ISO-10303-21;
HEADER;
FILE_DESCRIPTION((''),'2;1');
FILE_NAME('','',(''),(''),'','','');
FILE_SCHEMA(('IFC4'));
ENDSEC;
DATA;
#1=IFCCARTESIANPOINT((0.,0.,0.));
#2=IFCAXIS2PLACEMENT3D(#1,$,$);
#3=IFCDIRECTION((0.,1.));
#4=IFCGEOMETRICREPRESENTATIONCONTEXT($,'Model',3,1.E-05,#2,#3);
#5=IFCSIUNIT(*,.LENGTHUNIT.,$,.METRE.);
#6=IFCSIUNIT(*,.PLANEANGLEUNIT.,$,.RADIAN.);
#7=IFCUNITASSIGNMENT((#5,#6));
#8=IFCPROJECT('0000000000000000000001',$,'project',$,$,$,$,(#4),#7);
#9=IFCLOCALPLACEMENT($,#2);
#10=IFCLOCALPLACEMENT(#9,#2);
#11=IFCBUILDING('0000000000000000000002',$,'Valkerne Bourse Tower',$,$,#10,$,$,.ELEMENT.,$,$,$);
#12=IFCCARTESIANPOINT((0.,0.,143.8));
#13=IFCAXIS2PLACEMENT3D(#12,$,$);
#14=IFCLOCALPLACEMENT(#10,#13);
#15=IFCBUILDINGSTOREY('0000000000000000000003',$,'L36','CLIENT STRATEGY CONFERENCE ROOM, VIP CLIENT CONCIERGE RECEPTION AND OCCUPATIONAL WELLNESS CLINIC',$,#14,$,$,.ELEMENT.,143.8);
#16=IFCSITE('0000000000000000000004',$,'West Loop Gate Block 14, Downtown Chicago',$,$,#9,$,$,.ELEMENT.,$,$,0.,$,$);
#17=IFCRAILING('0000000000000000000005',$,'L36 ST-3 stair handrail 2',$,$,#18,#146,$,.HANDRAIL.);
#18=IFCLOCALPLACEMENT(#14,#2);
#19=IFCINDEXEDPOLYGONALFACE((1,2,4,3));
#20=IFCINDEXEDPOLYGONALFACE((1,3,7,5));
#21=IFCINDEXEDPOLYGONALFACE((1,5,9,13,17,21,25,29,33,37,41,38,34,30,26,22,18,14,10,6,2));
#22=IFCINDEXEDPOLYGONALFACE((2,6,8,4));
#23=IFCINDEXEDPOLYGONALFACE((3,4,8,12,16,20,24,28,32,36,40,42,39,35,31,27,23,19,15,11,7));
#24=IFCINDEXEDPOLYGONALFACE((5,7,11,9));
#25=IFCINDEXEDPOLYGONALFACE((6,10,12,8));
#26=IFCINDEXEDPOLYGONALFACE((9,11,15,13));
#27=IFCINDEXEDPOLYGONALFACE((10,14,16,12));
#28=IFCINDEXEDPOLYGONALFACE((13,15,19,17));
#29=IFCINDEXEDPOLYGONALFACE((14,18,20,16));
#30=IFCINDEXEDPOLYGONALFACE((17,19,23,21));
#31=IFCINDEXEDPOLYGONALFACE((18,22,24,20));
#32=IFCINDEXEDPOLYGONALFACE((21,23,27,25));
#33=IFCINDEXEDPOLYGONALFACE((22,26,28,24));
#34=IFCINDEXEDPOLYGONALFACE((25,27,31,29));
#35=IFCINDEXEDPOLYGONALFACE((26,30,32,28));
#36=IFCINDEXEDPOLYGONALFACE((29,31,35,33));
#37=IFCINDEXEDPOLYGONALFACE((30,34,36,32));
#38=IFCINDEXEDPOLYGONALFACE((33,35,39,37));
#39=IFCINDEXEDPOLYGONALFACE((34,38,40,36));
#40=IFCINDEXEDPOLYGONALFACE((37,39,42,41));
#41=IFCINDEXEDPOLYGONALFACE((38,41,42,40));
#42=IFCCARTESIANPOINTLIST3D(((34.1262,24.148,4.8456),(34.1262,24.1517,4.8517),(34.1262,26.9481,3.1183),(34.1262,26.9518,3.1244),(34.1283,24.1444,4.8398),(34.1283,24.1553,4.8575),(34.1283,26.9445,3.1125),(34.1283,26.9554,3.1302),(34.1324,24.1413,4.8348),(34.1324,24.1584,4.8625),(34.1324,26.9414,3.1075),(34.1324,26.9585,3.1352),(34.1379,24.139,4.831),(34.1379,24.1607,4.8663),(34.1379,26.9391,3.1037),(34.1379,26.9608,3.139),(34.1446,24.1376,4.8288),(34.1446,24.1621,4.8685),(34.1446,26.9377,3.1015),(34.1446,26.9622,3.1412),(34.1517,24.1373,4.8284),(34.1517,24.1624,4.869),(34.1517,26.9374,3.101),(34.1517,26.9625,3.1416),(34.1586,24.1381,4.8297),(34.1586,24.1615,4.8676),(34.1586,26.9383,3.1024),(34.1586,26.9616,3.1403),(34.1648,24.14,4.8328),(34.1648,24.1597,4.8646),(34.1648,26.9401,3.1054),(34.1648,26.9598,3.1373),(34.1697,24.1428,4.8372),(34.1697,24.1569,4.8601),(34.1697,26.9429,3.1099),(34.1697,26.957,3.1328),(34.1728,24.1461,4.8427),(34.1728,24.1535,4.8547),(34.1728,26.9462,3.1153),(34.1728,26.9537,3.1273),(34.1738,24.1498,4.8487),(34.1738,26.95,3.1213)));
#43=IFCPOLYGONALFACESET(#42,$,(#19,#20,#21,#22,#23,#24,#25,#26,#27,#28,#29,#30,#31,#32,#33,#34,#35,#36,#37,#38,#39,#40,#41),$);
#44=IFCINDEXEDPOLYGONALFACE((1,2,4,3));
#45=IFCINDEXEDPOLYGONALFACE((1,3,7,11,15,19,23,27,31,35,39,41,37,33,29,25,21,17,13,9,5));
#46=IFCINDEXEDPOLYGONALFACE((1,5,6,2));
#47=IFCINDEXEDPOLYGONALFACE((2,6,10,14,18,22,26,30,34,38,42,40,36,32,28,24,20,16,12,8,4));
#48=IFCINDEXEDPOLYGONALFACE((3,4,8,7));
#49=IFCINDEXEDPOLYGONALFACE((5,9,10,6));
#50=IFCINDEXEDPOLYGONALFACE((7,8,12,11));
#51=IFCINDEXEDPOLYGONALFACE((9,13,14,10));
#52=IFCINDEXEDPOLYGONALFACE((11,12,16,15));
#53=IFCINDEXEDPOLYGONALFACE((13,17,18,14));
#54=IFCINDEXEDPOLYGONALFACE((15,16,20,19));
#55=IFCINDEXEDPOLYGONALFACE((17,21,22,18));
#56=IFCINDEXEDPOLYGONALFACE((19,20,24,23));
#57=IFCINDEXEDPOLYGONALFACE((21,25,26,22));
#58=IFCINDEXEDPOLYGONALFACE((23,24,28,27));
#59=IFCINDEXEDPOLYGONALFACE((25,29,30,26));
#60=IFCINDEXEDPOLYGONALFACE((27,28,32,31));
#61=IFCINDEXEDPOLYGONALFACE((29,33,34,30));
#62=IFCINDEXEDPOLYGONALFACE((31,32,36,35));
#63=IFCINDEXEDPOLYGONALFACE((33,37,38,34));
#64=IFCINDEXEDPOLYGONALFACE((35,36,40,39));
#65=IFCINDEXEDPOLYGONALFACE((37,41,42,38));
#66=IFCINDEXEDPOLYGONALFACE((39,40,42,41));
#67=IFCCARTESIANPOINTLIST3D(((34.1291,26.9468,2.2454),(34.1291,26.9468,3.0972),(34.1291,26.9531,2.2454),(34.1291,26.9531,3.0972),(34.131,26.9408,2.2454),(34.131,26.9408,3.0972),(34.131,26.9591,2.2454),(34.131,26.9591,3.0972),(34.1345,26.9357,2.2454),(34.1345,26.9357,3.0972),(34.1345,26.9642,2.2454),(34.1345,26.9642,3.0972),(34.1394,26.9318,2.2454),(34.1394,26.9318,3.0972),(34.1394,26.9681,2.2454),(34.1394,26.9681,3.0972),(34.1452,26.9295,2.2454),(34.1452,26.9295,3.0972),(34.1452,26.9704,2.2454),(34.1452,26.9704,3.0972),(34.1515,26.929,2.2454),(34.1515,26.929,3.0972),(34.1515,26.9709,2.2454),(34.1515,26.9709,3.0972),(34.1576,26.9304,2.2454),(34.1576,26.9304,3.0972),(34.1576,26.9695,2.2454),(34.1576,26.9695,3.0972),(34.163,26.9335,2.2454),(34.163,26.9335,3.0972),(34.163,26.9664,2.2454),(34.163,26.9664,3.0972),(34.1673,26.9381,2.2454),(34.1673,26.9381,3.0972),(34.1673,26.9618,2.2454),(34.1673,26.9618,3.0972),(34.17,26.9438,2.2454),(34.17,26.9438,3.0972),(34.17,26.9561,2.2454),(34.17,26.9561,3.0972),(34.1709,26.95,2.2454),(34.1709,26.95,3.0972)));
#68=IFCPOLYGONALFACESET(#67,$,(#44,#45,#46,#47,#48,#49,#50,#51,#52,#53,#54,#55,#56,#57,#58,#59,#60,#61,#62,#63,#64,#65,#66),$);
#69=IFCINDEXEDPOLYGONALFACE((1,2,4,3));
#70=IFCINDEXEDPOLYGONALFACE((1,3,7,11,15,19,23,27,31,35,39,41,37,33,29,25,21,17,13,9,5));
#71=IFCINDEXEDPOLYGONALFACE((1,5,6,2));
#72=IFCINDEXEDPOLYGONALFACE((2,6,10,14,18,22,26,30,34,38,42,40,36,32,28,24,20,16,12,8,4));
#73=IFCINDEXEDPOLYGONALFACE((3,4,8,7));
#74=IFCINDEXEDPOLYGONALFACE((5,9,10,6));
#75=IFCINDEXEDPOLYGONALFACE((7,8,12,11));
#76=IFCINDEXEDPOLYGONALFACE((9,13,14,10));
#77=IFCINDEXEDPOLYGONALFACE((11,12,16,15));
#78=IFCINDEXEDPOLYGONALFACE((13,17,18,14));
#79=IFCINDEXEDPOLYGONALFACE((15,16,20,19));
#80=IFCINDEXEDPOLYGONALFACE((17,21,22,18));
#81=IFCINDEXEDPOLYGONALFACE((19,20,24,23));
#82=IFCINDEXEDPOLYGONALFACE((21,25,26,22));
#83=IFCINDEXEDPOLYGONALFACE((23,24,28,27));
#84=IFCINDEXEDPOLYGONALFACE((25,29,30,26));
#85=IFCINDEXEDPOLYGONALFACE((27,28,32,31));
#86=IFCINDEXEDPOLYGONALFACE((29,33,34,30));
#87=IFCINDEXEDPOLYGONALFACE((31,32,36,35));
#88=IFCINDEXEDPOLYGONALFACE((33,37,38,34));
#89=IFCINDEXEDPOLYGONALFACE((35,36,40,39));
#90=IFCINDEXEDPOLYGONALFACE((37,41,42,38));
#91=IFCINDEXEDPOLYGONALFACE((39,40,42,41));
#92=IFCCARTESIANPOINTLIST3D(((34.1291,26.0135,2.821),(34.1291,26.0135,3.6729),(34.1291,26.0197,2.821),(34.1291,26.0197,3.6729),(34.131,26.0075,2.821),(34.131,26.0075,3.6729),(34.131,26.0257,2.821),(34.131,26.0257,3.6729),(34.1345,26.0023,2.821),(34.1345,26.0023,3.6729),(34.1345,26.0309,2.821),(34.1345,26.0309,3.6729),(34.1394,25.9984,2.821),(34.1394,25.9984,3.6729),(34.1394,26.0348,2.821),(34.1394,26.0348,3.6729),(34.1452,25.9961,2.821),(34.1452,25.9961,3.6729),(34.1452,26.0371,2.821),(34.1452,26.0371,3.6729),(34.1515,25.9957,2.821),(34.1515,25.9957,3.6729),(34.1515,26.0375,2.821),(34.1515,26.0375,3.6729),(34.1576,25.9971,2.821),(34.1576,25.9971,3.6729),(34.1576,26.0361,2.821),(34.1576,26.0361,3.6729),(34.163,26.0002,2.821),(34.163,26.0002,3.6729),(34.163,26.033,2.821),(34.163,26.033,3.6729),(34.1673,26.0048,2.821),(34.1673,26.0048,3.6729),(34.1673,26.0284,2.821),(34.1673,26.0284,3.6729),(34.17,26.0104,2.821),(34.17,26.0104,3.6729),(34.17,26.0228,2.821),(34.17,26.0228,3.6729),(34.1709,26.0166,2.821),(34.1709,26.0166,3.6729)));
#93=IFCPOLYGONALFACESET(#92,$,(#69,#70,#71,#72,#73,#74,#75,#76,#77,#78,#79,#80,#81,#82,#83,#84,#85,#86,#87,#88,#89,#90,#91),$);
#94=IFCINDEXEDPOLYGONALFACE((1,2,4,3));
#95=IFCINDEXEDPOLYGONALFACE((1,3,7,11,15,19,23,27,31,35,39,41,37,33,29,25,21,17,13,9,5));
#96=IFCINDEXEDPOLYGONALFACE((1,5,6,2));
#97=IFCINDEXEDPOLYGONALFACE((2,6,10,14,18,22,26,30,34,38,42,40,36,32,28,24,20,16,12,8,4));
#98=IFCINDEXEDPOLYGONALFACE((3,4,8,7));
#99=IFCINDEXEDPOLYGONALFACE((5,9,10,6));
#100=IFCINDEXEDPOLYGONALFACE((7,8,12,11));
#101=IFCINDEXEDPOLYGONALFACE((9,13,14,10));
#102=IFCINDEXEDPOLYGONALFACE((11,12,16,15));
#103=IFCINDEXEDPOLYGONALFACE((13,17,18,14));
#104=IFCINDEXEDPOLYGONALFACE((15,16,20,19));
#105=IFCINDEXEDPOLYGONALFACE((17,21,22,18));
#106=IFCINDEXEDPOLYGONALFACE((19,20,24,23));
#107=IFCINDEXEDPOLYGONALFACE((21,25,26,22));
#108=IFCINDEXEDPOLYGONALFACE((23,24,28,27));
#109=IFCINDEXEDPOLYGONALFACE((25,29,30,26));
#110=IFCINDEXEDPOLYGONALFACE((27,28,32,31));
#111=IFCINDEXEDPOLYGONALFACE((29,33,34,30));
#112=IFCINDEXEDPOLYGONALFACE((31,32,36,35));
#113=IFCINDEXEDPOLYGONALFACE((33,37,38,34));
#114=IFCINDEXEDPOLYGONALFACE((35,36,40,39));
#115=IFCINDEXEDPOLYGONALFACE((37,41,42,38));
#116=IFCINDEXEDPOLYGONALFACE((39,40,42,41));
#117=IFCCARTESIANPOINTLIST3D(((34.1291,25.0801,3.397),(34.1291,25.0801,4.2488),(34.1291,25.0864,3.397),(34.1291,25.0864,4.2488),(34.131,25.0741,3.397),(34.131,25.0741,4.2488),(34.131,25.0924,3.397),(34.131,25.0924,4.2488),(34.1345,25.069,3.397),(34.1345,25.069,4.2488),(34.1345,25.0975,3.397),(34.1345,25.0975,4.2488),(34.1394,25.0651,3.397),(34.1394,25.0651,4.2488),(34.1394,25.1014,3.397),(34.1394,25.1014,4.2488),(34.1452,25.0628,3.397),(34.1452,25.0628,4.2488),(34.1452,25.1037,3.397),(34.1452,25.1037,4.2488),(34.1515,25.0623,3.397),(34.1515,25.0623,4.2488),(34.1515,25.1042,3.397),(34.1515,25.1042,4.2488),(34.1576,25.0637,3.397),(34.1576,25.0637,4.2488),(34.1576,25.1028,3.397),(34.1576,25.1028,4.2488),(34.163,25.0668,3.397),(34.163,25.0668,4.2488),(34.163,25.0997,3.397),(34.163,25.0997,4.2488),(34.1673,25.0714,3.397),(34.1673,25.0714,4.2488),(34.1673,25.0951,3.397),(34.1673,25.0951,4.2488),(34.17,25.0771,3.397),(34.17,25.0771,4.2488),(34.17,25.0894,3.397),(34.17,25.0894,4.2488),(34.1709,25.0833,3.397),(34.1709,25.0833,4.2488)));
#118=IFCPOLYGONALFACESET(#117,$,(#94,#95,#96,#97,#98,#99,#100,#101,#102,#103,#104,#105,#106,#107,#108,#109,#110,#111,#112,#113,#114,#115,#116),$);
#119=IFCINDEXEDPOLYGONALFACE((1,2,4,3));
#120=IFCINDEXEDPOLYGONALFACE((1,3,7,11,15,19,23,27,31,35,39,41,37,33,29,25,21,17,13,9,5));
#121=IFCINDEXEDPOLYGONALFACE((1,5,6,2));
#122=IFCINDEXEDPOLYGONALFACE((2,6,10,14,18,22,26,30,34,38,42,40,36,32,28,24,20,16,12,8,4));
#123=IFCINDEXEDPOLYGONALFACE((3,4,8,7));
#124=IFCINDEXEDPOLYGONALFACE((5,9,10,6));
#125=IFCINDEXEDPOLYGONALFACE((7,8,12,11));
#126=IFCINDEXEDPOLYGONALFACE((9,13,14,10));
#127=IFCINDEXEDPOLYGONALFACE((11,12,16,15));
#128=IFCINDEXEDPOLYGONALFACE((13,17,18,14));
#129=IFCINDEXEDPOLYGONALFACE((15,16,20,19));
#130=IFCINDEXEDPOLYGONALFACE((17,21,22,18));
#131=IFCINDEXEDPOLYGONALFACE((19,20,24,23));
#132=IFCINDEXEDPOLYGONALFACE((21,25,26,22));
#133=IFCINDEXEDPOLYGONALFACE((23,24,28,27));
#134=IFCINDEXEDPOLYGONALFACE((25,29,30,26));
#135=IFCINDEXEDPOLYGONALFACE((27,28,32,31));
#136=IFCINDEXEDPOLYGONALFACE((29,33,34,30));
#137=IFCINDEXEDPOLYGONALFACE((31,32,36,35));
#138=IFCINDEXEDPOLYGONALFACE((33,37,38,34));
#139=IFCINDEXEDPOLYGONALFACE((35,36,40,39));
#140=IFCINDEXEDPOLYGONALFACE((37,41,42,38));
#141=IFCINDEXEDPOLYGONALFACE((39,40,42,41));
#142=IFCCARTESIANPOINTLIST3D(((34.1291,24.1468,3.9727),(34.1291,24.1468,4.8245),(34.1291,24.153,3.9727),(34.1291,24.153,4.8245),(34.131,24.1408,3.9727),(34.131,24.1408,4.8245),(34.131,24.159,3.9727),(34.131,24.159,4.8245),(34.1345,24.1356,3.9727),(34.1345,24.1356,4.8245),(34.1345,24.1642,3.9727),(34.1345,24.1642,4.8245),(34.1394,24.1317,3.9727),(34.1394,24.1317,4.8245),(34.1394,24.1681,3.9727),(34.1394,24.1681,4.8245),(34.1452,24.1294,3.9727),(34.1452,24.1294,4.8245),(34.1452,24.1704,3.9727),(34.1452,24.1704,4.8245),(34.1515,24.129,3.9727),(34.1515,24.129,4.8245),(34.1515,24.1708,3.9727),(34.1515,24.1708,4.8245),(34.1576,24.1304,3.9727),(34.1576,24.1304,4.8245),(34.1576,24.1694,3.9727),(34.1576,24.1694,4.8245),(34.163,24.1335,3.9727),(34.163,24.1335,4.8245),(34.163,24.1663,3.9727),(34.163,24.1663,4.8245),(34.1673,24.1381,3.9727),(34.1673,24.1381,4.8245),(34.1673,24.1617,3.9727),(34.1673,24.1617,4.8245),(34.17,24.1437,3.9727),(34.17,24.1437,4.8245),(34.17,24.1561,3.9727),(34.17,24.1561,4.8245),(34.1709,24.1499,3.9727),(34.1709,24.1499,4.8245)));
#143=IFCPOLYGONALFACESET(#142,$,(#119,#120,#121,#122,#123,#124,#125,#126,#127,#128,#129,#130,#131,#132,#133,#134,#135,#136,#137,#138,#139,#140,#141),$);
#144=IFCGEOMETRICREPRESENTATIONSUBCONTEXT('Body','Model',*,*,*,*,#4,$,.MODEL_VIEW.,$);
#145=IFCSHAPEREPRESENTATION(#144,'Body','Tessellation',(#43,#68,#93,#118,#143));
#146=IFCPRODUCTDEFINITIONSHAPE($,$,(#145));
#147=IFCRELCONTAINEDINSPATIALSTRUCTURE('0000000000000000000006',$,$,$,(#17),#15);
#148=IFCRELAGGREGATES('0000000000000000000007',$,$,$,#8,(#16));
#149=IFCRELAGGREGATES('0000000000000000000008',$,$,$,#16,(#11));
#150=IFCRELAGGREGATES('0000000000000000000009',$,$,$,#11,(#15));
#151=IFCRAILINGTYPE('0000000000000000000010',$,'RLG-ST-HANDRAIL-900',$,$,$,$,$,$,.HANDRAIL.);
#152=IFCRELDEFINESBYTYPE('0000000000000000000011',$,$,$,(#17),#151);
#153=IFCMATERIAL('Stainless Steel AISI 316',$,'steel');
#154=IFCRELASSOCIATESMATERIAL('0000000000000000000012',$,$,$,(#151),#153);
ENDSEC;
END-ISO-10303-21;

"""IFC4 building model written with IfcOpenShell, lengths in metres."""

from ifc_helpers import new_model, si_unit, direction, frame, origin, origin_2d, place, context, subcontext, project, spatial, circle, extrude, material, type_object, element, save


model = new_model("IFC4")

# Units and contexts
model_context = context("Model", 3, precision=1e-05, world=origin(), true_north=direction((0.0, 1.0)))
body_context = subcontext(model_context, "Body", "Model", "MODEL_VIEW")
ifc_project = project(units=[si_unit("LENGTHUNIT", "METRE"), si_unit("PLANEANGLEUNIT", "RADIAN")], contexts=[model_context])

# Site, building, storey
site_placement = place(None, origin())
site = spatial("IfcSite", under=ifc_project, at=site_placement, Name="West Loop Gate Block 14, Downtown Chicago", CompositionType="ELEMENT", RefElevation=0.0)
building_placement = place(site_placement, origin())
building = spatial("IfcBuilding", under=site, at=building_placement, Name="Valkerne Bourse Tower", CompositionType="ELEMENT")
storey_placement = place(building_placement, frame((0.0, 0.0, 143.8)))
storey = spatial("IfcBuildingStorey", under=building, at=storey_placement, Name="L36", Description="CLIENT STRATEGY CONFERENCE ROOM, VIP CLIENT CONCIERGE RECEPTION AND OCCUPATIONAL WELLNESS CLINIC", CompositionType="ELEMENT", Elevation=143.8)

# Railing
ifc_material_1 = material(Name="Stainless Steel AISI 316", Category="steel")
railing_type_1 = type_object("IfcRailingType", Name="RLG-ST-HANDRAIL-900", PredefinedType="HANDRAIL", material=ifc_material_1)
railing_1_placement = place(storey_placement, frame((34.1499, 26.95, 2.2454)))
element("IfcRailing", 1, at=railing_1_placement, inside=storey, type_object=railing_type_1, Name="L36 ST-3 stair handrail 2", PredefinedType="HANDRAIL", context=body_context, shape_type="SweptSolid", body=[
    extrude(circle(Radius=0.0239, at=origin_2d()), frame((0.0, 0.0, 0.876), z_axis=(0.0, -0.85109, 0.52502), x_axis=(1.0, 0.0, 0.0)), (0.0, 0.0, 1.0), 3.29),
    extrude(circle(Radius=0.021, at=origin_2d()), origin(), (0.0, 0.0, 1.0), 0.8518),
    extrude(circle(Radius=0.021, at=origin_2d()), frame((0.0, -0.9333, 0.5757)), (0.0, 0.0, 1.0), 0.8518),
    extrude(circle(Radius=0.021, at=origin_2d()), frame((0.0, -1.8667, 1.1516)), (0.0, 0.0, 1.0), 0.8518),
    extrude(circle(Radius=0.021, at=origin_2d()), frame((0.0, -2.8, 1.7273)), (0.0, 0.0, 1.0), 0.8518),
])

save(model, "model.ifc")
